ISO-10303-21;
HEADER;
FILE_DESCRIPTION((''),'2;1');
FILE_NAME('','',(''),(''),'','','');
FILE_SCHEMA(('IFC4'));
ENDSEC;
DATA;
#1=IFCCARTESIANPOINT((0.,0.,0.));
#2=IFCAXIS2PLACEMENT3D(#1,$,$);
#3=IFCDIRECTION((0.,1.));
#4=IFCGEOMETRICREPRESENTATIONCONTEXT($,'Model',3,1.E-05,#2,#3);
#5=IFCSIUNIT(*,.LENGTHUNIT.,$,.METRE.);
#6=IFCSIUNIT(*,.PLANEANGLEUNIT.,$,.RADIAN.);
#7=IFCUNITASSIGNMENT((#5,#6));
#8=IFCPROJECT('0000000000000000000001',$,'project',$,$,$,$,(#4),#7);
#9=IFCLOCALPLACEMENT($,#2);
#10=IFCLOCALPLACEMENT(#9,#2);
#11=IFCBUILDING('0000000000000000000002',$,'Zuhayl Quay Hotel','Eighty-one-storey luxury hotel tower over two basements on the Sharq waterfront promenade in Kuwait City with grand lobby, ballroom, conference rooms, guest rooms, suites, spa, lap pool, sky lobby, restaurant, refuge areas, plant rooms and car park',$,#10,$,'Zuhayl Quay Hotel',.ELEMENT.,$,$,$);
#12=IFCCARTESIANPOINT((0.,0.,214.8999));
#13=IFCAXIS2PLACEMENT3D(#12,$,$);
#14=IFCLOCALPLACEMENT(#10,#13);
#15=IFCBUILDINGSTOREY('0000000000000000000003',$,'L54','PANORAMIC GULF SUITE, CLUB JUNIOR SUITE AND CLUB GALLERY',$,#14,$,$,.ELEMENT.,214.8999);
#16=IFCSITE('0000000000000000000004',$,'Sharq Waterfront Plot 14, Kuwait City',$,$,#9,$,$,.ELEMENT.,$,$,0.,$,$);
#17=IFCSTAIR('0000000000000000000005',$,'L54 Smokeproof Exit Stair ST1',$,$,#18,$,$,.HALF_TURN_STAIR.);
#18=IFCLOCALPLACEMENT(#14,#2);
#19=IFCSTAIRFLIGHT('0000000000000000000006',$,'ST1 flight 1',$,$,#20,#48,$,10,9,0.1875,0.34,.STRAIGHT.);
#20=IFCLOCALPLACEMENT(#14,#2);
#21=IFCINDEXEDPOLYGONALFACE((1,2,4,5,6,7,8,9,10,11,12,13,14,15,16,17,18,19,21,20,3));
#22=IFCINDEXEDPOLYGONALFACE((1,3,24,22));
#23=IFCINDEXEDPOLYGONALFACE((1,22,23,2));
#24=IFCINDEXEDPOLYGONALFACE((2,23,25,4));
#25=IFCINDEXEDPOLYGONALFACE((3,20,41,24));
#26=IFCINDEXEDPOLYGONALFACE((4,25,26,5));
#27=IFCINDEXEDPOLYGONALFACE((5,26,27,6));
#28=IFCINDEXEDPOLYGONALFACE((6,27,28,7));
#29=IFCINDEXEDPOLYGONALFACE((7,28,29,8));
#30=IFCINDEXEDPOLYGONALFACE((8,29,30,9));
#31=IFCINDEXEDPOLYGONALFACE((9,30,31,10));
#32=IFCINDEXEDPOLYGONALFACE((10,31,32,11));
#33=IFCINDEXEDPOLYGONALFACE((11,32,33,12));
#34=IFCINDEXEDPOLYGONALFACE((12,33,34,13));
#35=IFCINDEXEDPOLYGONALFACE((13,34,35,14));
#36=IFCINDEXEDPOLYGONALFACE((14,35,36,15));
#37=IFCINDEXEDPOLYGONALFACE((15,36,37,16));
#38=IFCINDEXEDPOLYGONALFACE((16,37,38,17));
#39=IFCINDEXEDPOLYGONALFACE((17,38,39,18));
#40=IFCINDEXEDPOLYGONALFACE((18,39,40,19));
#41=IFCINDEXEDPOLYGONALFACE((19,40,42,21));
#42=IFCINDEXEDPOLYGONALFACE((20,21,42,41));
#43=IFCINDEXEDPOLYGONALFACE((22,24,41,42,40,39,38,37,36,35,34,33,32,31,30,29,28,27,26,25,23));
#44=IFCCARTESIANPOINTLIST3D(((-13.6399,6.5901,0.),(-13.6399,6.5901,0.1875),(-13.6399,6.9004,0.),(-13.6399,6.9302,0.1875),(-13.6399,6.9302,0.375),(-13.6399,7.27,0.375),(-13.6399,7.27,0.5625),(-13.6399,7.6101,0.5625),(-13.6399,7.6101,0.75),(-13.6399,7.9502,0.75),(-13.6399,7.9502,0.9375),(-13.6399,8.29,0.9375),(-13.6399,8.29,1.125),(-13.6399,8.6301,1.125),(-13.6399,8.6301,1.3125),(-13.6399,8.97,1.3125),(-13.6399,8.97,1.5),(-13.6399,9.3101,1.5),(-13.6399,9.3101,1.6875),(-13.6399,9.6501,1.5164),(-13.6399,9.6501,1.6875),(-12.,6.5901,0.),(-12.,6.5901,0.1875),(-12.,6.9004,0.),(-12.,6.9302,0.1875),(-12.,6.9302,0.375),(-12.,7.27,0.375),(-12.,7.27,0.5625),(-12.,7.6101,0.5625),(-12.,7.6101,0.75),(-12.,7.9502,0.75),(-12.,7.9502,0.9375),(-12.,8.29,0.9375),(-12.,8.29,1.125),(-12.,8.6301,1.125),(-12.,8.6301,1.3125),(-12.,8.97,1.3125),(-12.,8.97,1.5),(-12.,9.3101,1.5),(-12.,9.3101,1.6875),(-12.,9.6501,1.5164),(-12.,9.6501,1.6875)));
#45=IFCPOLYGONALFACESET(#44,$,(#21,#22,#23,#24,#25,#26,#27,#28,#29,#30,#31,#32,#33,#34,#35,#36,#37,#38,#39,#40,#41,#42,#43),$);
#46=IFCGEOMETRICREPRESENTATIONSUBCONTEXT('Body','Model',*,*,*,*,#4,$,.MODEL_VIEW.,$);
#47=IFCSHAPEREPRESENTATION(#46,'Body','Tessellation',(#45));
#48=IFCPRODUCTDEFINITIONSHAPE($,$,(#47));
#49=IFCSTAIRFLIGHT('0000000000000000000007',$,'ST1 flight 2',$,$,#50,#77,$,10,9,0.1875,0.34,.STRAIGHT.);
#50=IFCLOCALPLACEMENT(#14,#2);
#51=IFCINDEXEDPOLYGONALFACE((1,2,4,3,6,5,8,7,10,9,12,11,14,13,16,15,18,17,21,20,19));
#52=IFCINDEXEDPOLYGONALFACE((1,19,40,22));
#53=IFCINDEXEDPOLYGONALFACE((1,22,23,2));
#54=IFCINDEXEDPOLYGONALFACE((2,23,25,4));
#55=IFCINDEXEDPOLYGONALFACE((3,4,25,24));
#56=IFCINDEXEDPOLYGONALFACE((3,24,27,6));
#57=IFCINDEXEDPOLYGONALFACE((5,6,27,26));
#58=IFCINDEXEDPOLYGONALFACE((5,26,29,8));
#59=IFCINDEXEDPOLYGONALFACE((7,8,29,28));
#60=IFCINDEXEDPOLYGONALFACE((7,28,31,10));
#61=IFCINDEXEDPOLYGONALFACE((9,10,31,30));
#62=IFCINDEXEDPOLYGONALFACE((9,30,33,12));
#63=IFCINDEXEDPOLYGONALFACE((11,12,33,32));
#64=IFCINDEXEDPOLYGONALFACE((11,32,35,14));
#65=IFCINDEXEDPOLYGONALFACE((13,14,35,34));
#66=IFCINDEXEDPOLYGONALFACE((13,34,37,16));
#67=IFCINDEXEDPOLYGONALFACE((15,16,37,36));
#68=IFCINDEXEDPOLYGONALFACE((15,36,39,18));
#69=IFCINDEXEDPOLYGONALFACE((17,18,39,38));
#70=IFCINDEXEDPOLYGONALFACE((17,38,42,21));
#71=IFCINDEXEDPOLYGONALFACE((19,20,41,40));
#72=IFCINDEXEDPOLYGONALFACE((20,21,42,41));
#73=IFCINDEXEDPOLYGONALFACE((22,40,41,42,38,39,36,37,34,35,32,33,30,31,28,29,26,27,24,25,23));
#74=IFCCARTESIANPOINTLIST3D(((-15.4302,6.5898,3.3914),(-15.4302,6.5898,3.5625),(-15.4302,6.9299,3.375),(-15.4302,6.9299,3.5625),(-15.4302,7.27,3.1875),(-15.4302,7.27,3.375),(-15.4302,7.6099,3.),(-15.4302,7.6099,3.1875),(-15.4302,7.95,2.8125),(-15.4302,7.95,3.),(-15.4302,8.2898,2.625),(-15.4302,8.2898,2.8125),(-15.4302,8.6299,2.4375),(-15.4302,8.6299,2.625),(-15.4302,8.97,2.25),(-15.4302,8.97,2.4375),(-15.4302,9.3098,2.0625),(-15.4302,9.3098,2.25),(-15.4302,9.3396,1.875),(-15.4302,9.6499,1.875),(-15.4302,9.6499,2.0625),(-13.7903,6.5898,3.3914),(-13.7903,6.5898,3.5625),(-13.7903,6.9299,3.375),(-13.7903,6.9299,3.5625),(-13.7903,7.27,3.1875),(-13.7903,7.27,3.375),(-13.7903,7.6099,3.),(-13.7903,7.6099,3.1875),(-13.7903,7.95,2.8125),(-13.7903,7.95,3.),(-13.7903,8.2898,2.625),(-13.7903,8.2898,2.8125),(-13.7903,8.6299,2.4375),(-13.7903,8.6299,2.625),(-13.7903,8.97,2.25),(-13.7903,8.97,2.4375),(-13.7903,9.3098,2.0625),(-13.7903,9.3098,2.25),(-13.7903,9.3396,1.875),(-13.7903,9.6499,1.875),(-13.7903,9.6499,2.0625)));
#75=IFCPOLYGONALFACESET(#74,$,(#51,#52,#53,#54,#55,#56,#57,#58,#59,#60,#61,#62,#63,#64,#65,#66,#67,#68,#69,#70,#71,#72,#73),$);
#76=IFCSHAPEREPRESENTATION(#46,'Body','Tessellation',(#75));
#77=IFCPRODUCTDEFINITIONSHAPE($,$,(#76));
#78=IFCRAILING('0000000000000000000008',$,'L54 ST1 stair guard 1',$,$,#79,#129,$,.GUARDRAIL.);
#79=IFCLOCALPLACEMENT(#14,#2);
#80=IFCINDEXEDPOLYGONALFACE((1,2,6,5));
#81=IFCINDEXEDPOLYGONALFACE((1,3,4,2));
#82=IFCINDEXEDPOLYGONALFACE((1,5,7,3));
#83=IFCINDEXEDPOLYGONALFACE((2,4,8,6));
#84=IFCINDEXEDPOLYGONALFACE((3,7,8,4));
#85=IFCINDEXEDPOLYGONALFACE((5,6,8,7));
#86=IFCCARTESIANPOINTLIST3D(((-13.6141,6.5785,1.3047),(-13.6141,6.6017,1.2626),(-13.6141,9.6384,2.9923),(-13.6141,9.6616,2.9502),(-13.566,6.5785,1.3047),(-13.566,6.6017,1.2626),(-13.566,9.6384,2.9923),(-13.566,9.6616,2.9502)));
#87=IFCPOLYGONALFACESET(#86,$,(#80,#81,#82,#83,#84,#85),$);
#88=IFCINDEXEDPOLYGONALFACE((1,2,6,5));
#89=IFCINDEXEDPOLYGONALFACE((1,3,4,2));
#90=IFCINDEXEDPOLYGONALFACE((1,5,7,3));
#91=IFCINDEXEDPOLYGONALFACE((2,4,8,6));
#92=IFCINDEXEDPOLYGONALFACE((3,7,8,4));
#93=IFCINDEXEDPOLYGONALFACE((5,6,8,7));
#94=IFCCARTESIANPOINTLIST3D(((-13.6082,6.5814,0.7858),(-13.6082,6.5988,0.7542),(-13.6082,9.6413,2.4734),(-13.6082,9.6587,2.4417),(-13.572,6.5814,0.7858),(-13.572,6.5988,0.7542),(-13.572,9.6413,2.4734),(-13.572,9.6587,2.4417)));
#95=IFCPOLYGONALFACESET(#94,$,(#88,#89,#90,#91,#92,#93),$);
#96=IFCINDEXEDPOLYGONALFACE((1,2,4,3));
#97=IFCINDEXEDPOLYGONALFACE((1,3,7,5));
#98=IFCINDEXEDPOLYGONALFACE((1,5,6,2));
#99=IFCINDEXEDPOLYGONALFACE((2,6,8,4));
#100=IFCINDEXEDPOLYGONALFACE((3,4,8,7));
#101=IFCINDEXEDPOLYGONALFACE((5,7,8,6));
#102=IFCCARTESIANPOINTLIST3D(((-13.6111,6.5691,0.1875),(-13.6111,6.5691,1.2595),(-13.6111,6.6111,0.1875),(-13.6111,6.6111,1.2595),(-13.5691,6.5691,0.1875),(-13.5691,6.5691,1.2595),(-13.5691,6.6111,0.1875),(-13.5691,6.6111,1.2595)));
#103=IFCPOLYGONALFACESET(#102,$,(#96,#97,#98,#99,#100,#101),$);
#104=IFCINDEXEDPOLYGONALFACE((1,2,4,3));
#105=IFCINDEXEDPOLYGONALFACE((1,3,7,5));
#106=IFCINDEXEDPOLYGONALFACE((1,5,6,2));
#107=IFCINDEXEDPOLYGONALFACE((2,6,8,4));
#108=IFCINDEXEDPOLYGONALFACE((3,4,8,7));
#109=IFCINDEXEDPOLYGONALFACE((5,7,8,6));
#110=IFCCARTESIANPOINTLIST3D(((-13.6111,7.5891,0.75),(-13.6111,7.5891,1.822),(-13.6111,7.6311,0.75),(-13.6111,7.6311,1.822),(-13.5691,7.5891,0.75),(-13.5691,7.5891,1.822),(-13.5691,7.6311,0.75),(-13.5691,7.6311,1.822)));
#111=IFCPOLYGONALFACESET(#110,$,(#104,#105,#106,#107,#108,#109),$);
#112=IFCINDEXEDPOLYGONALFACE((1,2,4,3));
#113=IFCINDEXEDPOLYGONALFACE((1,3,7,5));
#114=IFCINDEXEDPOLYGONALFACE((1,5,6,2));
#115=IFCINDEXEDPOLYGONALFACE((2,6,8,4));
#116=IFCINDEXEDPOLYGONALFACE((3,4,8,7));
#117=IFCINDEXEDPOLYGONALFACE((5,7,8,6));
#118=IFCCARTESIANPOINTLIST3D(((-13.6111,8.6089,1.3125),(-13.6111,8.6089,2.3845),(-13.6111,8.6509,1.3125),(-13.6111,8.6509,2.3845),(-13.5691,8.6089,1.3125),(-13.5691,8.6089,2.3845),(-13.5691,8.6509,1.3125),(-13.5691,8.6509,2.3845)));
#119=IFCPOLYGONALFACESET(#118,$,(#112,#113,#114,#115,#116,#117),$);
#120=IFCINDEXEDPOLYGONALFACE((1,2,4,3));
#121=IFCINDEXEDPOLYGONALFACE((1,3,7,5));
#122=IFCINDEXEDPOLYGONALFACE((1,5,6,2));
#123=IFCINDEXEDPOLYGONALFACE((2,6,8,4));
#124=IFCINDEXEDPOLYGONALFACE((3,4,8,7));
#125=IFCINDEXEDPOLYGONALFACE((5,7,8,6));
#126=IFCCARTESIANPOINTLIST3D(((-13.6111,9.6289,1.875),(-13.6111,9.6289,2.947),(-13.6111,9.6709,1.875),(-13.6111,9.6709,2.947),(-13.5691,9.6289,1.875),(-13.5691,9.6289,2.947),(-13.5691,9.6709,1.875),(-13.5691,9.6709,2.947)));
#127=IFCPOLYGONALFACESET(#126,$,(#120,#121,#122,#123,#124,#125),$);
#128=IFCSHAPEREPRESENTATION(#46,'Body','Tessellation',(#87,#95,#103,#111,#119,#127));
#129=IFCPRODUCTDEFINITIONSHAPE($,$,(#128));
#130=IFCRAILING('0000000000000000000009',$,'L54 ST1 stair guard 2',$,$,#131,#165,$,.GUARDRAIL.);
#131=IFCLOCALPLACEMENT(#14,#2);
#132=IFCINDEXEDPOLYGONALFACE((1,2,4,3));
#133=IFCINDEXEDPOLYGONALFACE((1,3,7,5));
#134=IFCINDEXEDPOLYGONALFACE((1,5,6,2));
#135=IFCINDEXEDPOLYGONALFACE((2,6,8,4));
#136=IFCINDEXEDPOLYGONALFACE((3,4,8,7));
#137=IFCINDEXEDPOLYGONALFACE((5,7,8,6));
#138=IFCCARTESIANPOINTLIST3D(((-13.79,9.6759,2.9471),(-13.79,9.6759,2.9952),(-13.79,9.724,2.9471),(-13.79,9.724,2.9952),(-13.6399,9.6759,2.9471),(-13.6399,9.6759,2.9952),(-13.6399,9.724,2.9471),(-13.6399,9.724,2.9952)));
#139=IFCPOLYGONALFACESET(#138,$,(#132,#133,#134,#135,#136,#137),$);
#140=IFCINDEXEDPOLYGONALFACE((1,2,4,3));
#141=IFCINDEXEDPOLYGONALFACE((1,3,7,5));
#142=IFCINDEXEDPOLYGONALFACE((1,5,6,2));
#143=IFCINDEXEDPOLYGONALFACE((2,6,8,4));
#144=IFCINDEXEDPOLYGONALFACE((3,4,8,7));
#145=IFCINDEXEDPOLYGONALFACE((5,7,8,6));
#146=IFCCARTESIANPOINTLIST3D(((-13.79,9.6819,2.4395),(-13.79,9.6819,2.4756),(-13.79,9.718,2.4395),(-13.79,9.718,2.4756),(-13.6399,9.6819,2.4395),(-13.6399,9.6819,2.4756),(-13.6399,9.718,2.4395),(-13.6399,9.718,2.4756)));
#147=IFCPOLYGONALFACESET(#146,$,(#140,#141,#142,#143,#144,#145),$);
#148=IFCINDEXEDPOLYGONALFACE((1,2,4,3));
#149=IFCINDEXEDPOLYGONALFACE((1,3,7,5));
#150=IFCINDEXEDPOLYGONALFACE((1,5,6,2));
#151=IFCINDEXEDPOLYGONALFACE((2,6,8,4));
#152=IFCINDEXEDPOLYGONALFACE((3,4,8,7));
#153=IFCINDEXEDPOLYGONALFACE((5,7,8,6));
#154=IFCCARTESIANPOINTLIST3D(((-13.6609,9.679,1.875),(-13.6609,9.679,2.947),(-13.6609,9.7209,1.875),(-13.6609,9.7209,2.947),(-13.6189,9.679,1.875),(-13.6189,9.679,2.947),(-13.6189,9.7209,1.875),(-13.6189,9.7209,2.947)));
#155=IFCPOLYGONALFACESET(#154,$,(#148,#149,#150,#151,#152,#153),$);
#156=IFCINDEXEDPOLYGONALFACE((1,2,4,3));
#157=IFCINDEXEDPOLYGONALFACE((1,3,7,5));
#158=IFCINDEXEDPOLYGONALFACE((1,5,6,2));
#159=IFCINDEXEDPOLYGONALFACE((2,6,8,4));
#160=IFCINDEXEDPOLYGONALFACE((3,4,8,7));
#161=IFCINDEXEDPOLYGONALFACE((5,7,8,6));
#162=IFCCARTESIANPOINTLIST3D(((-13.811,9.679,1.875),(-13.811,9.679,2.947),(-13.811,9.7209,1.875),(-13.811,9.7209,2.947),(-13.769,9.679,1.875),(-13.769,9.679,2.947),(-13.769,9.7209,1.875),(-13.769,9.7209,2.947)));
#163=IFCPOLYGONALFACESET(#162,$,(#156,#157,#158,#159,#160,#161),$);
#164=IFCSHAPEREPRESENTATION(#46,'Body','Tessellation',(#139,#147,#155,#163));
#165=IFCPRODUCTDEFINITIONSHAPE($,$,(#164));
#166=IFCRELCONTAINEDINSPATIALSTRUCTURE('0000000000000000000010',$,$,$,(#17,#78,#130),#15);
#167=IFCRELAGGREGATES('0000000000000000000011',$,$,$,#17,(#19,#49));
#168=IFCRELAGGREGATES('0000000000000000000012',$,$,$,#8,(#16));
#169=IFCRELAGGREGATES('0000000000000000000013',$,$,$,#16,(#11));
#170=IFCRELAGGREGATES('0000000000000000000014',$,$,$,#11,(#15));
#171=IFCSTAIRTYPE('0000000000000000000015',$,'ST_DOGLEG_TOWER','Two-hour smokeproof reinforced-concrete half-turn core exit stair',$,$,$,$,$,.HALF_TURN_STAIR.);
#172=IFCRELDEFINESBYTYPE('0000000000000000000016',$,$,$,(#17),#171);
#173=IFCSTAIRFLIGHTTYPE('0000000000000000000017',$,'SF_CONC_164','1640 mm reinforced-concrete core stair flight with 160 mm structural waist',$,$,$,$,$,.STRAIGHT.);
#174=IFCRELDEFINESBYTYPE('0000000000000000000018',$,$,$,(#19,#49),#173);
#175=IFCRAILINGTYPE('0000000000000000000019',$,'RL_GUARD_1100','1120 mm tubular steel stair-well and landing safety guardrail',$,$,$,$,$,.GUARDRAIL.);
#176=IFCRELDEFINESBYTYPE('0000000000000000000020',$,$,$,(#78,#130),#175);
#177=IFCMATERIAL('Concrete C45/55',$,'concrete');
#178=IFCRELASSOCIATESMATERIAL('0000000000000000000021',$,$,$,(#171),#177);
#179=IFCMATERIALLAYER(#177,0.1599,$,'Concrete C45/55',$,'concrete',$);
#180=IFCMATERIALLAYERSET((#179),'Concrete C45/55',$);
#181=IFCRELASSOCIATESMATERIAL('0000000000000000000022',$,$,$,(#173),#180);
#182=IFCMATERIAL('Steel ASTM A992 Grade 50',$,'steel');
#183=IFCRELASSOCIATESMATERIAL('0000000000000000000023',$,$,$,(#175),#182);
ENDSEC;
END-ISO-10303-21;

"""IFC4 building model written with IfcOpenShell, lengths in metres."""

from ifc_helpers import new_model, si_unit, direction, frame, origin, origin_2d, place, context, subcontext, project, spatial, polyline, rectangle, outline, extrude, material, layer, layer_set, type_object, element, aggregate, save


model = new_model("IFC4")

# Units and contexts
model_context = context("Model", 3, precision=1e-05, world=origin(), true_north=direction((0.0, 1.0)))
body_context = subcontext(model_context, "Body", "Model", "MODEL_VIEW")
ifc_project = project(units=[si_unit("LENGTHUNIT", "METRE"), si_unit("PLANEANGLEUNIT", "RADIAN")], contexts=[model_context])

# Site, building, storey
site_placement = place(None, origin())
site = spatial("IfcSite", under=ifc_project, at=site_placement, Name="Sharq Waterfront Plot 14, Kuwait City", CompositionType="ELEMENT", RefElevation=0.0)
building_placement = place(site_placement, origin())
building = spatial("IfcBuilding", under=site, at=building_placement, Name="Zuhayl Quay Hotel", Description="Eighty-one-storey luxury hotel tower over two basements on the Sharq waterfront promenade in Kuwait City with grand lobby, ballroom, conference rooms, guest rooms, suites, spa, lap pool, sky lobby, restaurant, refuge areas, plant rooms and car park", LongName="Zuhayl Quay Hotel", CompositionType="ELEMENT")
storey_placement = place(building_placement, frame((0.0, 0.0, 214.8999)))
storey = spatial("IfcBuildingStorey", under=building, at=storey_placement, Name="L54", Description="PANORAMIC GULF SUITE, CLUB JUNIOR SUITE AND CLUB GALLERY", CompositionType="ELEMENT", Elevation=214.8999)

# Shared definitions
ifc_material_1 = material(Name="Steel ASTM A992 Grade 50", Category="steel")

# Stair, stair flights
ifc_material_2 = material(Name="Concrete C45/55", Category="concrete")
stair_type = type_object("IfcStairType", Name="ST_DOGLEG_TOWER", Description="Two-hour smokeproof reinforced-concrete half-turn core exit stair", PredefinedType="HALF_TURN_STAIR", material=ifc_material_2)
stair_placement = place(storey_placement, origin())
stair = element("IfcStair", 1, at=stair_placement, inside=storey, type_object=stair_type, Name="L54 Smokeproof Exit Stair ST1", PredefinedType="HALF_TURN_STAIR")
ifc_layer_1 = layer(ifc_material_2, 0.1599, Name="Concrete C45/55", Category="concrete")
ifc_layer_set_1 = layer_set([ifc_layer_1], Name="Concrete C45/55")
stair_flight_type = type_object("IfcStairFlightType", Name="SF_CONC_164", Description="1640 mm reinforced-concrete core stair flight with 160 mm structural waist", PredefinedType="STRAIGHT", material=ifc_layer_set_1)
stair_flight_1_placement = place(storey_placement, frame((-12.8201, 6.5901, 0.0), z_axis=(0.0, 0.0, 1.0), x_axis=(0.0, 1.0, 0.0)))
stair_flight_1 = element("IfcStairFlight", 2, at=stair_flight_1_placement, type_object=stair_flight_type, Name="ST1 flight 1", NumberOfRisers=10, NumberOfTreads=9, PredefinedType="STRAIGHT", RiserHeight=0.1875, TreadLength=0.34, context=body_context, shape_type="SweptSolid", body=[
    extrude(outline(polyline([(0.0, 0.0), (0.0, 0.1875), (0.3401, 0.1875), (0.3401, 0.375), (0.6799, 0.375), (0.6799, 0.5625), (1.02, 0.5625), (1.02, 0.75), (1.3601, 0.75), (1.3601, 0.9375), (1.7, 0.9375), (1.7, 1.125), (2.04, 1.125), (2.04, 1.3125), (2.3799, 1.3125), (2.3799, 1.5), (2.72, 1.5), (2.72, 1.6875), (3.0601, 1.6875), (3.0601, 1.875), (3.0601, 1.5164), (0.3103, 0.0), (0.0, 0.0)])), frame((0.0, 0.8198, 0.0), z_axis=(0.0, -1.0, 0.0), x_axis=(1.0, 0.0, 0.0)), (0.0, 0.0, 1.0), 1.6399),
])
stair_flight_2_placement = place(storey_placement, frame((-14.6101, 9.6499, 1.875), z_axis=(0.0, 0.0, 1.0), x_axis=(0.0, -1.0, 0.0)))
stair_flight_2 = element("IfcStairFlight", 3, at=stair_flight_2_placement, type_object=stair_flight_type, Name="ST1 flight 2", NumberOfRisers=10, NumberOfTreads=9, PredefinedType="STRAIGHT", RiserHeight=0.1875, TreadLength=0.34, context=body_context, shape_type="SweptSolid", body=[
    extrude(outline(polyline([(0.0, 0.0), (0.0, 0.1875), (0.3401, 0.1875), (0.3401, 0.375), (0.6799, 0.375), (0.6799, 0.5625), (1.02, 0.5625), (1.02, 0.75), (1.3601, 0.75), (1.3601, 0.9375), (1.7, 0.9375), (1.7, 1.125), (2.04, 1.125), (2.04, 1.3125), (2.3799, 1.3125), (2.3799, 1.5), (2.72, 1.5), (2.72, 1.6875), (3.0601, 1.6875), (3.0601, 1.875), (3.0601, 1.5164), (0.3103, 0.0), (0.0, 0.0)])), frame((0.0, 0.8198, 0.0), z_axis=(0.0, -1.0, 0.0), x_axis=(1.0, 0.0, 0.0)), (0.0, 0.0, 1.0), 1.6399),
])
aggregate(stair, [stair_flight_1, stair_flight_2])

# Railings
railing_type_1 = type_object("IfcRailingType", Name="RL_GUARD_1100", Description="1120 mm tubular steel stair-well and landing safety guardrail", PredefinedType="GUARDRAIL", material=ifc_material_1)
railing_1_placement = place(storey_placement, frame((-13.5901, 6.5901, 0.1875)))
element("IfcRailing", 4, at=railing_1_placement, inside=storey, type_object=railing_type_1, Name="L54 ST1 stair guard 1", PredefinedType="GUARDRAIL", context=body_context, shape_type="SweptSolid", body=[
    extrude(rectangle(XDim=0.0481, YDim=0.0481, at=origin_2d()), frame((0.0, 0.0, 1.0962), z_axis=(0.0, 0.875659, 0.48293), x_axis=(-1.0, 0.0, 0.0)), (0.0, 0.0, 1.0), 3.4944),
    extrude(rectangle(XDim=0.0361, YDim=0.0361, at=origin_2d()), frame((0.0, 0.0, 0.5825), z_axis=(0.0, 0.875659, 0.48293), x_axis=(-1.0, 0.0, 0.0)), (0.0, 0.0, 1.0), 3.4944),
    extrude(rectangle(XDim=0.042, YDim=0.042, at=origin_2d()), origin(), (0.0, 0.0, 1.0), 1.072),
    extrude(rectangle(XDim=0.042, YDim=0.042, at=origin_2d()), frame((0.0, 1.02, 0.5625)), (0.0, 0.0, 1.0), 1.072),
    extrude(rectangle(XDim=0.042, YDim=0.042, at=origin_2d()), frame((0.0, 2.0398, 1.125)), (0.0, 0.0, 1.0), 1.072),
    extrude(rectangle(XDim=0.042, YDim=0.042, at=origin_2d()), frame((0.0, 3.0598, 1.6875)), (0.0, 0.0, 1.0), 1.072),
])
railing_2_placement = place(storey_placement, frame((-13.6399, 9.7, 1.875)))
element("IfcRailing", 5, at=railing_2_placement, inside=storey, type_object=railing_type_1, Name="L54 ST1 stair guard 2", PredefinedType="GUARDRAIL", context=body_context, shape_type="SweptSolid", body=[
    extrude(rectangle(XDim=0.0481, YDim=0.0481, at=origin_2d()), frame((0.0, 0.0, 1.0962), z_axis=(-1.0, 0.0, 0.0), x_axis=(0.0, -1.0, 0.0)), (0.0, 0.0, 1.0), 0.1501),
    extrude(rectangle(XDim=0.0361, YDim=0.0361, at=origin_2d()), frame((0.0, 0.0, 0.5825), z_axis=(-1.0, 0.0, 0.0), x_axis=(0.0, -1.0, 0.0)), (0.0, 0.0, 1.0), 0.1501),
    extrude(rectangle(XDim=0.042, YDim=0.042, at=origin_2d()), origin(), (0.0, 0.0, 1.0), 1.072),
    extrude(rectangle(XDim=0.042, YDim=0.042, at=origin_2d()), frame((-0.1501, 0.0, 0.0)), (0.0, 0.0, 1.0), 1.072),
])

save(model, "model.ifc")
